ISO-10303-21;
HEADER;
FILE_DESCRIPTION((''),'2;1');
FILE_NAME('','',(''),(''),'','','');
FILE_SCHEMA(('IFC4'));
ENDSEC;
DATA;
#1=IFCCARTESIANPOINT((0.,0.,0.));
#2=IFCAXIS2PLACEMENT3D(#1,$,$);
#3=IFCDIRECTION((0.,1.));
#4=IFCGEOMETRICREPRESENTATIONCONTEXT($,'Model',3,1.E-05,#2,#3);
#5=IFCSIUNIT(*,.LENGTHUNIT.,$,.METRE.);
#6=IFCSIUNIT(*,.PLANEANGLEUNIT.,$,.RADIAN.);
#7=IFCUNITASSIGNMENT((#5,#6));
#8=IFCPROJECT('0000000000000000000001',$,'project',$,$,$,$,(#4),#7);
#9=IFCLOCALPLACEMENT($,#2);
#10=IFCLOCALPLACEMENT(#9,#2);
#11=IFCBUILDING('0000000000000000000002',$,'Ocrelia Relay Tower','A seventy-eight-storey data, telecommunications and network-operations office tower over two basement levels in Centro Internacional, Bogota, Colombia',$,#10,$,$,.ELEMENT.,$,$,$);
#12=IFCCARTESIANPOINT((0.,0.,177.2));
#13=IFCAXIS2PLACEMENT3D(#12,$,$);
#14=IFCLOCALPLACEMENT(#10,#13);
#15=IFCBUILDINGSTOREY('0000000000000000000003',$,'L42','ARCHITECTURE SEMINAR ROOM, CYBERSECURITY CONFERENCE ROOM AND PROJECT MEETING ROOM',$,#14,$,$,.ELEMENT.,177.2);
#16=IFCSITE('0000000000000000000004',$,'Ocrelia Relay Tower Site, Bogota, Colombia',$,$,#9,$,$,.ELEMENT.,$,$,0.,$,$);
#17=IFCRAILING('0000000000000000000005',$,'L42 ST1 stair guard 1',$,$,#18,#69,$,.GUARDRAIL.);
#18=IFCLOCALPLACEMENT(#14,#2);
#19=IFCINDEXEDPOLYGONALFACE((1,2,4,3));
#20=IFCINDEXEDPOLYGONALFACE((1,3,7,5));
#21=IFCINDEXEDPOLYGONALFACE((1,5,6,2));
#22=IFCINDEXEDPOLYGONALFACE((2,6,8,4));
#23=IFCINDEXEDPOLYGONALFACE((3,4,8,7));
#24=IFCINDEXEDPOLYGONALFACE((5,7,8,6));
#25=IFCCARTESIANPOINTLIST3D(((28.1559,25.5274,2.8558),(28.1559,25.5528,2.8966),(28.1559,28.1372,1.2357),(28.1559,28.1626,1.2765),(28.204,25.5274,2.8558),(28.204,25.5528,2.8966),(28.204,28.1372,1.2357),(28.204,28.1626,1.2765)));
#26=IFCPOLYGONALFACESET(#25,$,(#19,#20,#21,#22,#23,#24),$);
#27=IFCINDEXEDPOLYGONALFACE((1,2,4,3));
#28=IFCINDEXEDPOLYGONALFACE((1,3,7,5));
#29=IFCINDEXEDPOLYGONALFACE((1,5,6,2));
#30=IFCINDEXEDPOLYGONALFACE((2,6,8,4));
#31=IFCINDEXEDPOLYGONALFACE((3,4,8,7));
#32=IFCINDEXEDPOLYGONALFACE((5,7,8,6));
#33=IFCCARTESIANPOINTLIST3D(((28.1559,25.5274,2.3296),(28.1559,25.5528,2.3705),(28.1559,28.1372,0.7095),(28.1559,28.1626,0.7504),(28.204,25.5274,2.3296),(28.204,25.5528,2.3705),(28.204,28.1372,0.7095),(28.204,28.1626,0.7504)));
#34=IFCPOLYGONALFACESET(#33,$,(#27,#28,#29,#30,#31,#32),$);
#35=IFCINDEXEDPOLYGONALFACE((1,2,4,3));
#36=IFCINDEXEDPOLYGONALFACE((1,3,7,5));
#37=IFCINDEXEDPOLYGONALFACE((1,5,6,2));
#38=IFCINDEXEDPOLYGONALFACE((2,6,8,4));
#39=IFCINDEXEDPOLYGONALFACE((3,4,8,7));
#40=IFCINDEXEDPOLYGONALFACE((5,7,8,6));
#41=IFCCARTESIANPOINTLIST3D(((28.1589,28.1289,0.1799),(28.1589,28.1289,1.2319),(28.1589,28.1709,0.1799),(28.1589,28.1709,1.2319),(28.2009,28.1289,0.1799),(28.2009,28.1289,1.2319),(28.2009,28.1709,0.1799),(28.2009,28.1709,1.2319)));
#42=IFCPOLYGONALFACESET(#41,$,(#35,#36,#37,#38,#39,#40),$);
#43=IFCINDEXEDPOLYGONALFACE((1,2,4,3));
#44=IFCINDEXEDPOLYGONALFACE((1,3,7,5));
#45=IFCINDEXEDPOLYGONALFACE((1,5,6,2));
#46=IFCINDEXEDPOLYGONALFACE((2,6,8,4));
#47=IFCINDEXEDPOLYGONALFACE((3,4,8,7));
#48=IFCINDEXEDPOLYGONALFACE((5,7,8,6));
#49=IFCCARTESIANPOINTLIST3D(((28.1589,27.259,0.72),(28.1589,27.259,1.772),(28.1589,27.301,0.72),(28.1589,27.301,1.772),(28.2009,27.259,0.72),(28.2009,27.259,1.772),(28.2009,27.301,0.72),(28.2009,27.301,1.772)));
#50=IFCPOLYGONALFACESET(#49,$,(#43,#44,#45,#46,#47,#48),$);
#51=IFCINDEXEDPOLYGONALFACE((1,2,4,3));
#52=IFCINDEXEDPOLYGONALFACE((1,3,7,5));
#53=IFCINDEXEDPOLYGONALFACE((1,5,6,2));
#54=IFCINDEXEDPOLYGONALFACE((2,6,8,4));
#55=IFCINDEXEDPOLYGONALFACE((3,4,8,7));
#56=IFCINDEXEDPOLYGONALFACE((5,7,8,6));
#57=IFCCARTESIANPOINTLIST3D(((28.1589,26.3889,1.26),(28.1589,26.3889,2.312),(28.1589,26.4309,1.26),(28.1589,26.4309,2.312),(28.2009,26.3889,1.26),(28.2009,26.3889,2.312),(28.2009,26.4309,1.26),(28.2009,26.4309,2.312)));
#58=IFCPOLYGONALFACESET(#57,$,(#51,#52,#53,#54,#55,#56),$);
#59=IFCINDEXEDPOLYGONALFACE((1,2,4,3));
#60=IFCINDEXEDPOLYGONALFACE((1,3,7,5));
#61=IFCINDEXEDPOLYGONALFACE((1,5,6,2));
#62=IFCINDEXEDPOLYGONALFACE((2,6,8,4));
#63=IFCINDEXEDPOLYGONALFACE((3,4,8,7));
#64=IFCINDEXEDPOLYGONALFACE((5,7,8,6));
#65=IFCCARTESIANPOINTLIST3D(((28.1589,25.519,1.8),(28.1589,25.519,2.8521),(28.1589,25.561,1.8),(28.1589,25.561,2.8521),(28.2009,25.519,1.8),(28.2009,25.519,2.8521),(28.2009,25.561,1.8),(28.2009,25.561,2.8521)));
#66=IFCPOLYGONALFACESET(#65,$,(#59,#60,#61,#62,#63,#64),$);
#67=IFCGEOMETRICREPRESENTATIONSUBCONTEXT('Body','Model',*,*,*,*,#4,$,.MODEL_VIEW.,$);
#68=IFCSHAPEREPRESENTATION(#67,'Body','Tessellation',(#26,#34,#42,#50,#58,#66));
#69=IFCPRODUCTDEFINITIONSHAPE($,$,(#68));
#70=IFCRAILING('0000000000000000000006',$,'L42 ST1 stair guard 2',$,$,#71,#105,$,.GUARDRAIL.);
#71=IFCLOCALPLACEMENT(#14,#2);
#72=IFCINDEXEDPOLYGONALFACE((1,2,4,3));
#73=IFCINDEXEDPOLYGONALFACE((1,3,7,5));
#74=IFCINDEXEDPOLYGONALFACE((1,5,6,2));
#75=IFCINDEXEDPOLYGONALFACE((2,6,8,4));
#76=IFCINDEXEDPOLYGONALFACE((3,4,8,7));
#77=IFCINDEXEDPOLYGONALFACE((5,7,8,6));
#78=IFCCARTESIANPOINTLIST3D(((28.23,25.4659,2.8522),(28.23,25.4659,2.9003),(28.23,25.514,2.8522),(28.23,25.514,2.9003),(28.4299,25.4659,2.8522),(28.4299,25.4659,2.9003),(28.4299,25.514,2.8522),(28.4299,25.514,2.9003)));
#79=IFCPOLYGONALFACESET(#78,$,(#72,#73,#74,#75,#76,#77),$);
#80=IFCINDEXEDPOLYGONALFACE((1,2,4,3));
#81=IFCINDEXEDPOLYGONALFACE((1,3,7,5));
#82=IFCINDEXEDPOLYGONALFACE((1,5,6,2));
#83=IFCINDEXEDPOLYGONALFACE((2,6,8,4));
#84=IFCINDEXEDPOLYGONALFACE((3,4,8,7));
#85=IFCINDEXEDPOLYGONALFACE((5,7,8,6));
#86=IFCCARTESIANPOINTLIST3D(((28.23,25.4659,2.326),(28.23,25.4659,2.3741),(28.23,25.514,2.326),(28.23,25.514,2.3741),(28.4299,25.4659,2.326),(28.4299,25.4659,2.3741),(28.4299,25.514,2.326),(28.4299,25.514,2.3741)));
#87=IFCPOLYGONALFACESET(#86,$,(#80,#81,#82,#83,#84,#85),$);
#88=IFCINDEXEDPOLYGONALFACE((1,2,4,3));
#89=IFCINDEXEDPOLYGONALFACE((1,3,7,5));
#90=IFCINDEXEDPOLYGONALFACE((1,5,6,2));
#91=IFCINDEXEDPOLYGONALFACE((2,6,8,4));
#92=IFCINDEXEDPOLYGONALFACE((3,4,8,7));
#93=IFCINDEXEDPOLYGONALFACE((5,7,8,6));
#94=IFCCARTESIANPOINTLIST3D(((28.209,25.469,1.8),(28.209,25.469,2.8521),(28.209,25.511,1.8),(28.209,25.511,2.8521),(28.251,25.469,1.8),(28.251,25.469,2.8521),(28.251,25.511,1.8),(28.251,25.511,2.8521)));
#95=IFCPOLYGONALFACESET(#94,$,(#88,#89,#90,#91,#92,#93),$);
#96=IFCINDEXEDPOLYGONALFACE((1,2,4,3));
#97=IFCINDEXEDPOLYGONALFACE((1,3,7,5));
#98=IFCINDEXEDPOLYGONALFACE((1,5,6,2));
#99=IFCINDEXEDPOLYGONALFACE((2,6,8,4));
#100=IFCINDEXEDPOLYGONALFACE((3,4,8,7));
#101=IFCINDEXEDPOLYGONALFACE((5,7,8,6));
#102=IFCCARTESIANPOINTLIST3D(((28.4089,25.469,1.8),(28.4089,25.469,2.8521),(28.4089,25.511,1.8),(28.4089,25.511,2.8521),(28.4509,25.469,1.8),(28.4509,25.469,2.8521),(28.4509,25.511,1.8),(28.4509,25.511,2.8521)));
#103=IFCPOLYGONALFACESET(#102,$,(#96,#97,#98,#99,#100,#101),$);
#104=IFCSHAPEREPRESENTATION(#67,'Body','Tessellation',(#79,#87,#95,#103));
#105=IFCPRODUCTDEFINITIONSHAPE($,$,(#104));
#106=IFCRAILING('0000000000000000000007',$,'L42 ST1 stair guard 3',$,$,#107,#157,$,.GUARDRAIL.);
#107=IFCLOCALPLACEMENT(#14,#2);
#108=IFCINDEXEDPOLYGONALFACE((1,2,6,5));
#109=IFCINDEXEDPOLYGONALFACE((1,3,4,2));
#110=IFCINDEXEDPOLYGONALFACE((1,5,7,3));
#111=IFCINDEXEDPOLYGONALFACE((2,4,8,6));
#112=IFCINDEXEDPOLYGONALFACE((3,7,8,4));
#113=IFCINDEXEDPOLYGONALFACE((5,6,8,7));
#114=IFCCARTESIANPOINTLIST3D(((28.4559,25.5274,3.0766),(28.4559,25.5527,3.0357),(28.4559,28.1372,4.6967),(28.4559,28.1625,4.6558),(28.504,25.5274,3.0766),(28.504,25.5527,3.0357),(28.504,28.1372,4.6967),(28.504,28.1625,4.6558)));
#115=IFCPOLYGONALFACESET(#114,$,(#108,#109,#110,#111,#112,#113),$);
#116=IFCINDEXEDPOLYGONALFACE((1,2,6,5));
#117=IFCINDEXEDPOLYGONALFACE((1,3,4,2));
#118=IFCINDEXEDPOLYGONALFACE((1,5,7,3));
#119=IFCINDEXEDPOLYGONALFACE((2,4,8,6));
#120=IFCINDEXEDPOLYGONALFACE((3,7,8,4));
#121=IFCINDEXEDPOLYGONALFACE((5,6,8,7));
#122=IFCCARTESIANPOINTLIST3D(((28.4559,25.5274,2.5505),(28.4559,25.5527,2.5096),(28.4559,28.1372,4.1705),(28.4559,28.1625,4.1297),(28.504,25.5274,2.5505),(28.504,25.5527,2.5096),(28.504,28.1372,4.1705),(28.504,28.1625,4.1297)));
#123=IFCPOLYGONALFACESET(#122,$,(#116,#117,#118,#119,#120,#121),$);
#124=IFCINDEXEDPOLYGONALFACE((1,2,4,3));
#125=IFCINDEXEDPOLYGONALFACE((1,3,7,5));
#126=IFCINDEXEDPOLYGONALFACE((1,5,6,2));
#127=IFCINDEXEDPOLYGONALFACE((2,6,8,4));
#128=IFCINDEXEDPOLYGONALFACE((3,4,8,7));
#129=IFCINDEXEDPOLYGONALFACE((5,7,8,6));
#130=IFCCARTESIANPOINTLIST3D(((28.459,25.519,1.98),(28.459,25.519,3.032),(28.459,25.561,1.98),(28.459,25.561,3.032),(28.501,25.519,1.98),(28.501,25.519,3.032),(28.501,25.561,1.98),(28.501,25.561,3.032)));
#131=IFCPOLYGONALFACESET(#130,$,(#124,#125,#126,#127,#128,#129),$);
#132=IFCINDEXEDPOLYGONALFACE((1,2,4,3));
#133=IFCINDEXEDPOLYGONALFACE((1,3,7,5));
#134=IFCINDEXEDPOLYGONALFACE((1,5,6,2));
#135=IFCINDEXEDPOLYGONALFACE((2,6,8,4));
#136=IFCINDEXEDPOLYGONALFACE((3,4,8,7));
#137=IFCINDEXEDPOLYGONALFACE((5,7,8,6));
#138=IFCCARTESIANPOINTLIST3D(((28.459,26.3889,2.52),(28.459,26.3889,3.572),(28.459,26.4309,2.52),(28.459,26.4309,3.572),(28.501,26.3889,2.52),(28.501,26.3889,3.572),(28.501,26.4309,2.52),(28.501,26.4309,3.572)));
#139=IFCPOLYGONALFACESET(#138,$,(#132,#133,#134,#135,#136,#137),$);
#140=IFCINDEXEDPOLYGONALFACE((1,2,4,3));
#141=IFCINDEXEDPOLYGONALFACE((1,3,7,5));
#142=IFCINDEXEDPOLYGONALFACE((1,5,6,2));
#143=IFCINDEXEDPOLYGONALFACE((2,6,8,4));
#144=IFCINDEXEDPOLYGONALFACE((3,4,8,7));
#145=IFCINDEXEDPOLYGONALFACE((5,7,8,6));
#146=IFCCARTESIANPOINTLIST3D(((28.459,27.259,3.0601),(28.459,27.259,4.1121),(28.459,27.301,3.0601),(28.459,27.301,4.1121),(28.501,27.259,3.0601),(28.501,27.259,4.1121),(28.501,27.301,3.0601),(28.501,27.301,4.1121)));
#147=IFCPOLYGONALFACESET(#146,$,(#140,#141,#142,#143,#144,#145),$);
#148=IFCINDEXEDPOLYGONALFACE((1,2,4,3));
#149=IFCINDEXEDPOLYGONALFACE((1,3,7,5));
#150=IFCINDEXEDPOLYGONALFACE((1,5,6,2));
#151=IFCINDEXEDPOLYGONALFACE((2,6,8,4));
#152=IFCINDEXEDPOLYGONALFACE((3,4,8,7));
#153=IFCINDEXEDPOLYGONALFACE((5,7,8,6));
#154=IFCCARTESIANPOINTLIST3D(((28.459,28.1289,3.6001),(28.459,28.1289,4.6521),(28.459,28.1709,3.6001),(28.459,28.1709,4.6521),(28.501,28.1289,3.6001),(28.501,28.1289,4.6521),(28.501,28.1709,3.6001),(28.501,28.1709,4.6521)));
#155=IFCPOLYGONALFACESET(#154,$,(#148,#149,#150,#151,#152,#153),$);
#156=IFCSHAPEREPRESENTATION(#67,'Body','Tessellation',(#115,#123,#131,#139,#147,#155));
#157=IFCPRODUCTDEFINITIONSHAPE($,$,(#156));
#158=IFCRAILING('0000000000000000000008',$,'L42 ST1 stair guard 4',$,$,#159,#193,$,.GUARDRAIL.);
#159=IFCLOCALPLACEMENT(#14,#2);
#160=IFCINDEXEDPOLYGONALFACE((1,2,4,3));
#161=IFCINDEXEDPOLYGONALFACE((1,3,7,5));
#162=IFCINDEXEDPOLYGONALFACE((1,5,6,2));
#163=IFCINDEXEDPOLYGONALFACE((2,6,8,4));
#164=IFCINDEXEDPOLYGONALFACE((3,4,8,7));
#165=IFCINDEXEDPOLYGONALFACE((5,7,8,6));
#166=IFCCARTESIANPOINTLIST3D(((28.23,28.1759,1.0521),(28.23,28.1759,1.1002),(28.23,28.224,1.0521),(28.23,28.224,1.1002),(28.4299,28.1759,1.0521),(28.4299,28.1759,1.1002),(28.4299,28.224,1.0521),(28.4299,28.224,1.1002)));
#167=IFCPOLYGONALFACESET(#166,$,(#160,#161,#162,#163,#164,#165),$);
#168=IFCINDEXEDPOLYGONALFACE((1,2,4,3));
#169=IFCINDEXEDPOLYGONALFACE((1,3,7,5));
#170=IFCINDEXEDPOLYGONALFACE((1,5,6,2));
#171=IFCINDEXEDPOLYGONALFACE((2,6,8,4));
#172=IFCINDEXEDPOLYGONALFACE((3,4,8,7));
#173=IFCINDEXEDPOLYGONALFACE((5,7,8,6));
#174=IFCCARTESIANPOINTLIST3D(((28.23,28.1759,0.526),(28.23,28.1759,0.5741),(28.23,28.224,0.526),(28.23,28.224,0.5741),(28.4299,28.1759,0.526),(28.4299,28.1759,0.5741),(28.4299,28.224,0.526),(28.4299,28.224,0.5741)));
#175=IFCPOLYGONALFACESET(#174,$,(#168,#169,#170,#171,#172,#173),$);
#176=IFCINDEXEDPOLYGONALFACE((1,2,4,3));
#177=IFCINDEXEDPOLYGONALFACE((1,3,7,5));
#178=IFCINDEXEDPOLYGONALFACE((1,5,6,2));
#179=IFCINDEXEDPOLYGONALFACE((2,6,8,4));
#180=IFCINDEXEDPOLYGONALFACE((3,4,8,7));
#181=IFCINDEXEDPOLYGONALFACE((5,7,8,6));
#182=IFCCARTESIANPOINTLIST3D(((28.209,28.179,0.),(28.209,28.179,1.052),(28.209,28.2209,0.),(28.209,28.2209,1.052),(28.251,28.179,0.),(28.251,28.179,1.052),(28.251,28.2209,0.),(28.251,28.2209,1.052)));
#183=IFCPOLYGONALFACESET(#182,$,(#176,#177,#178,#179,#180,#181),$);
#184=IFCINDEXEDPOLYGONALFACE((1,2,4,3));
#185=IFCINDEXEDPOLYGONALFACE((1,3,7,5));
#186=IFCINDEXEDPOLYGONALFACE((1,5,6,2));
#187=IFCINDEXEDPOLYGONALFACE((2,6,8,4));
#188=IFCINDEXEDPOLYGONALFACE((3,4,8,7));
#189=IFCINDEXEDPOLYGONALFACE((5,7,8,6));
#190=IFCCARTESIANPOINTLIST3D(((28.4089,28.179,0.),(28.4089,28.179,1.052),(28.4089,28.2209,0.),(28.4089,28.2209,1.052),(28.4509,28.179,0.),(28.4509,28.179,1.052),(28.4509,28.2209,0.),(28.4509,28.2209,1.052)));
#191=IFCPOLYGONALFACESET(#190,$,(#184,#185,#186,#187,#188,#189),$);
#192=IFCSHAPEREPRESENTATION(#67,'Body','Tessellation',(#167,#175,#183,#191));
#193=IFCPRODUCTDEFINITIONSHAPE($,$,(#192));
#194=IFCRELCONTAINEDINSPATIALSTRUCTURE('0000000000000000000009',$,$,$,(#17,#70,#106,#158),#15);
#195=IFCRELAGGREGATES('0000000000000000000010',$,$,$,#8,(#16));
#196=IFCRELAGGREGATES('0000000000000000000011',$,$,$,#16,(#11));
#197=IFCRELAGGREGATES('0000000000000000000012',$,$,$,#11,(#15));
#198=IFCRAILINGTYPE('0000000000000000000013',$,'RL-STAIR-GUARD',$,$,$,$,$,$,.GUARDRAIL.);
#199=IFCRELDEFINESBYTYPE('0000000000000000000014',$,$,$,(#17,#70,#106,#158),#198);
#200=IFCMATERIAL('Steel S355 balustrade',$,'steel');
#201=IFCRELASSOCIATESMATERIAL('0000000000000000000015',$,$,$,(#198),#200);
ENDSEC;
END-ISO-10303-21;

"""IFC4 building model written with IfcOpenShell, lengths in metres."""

from ifc_helpers import new_model, si_unit, direction, frame, origin, origin_2d, place, context, subcontext, project, spatial, rectangle, extrude, material, type_object, element, save


model = new_model("IFC4")

# Units and contexts
model_context = context("Model", 3, precision=1e-05, world=origin(), true_north=direction((0.0, 1.0)))
body_context = subcontext(model_context, "Body", "Model", "MODEL_VIEW")
ifc_project = project(units=[si_unit("LENGTHUNIT", "METRE"), si_unit("PLANEANGLEUNIT", "RADIAN")], contexts=[model_context])

# Site, building, storey
site_placement = place(None, origin())
site = spatial("IfcSite", under=ifc_project, at=site_placement, Name="Ocrelia Relay Tower Site, Bogota, Colombia", CompositionType="ELEMENT", RefElevation=0.0)
building_placement = place(site_placement, origin())
building = spatial("IfcBuilding", under=site, at=building_placement, Name="Ocrelia Relay Tower", Description="A seventy-eight-storey data, telecommunications and network-operations office tower over two basement levels in Centro Internacional, Bogota, Colombia", CompositionType="ELEMENT")
storey_placement = place(building_placement, frame((0.0, 0.0, 177.2)))
storey = spatial("IfcBuildingStorey", under=building, at=storey_placement, Name="L42", Description="ARCHITECTURE SEMINAR ROOM, CYBERSECURITY CONFERENCE ROOM AND PROJECT MEETING ROOM", CompositionType="ELEMENT", Elevation=177.2)

# Railings
ifc_material_1 = material(Name="Steel S355 balustrade", Category="steel")
railing_type_1 = type_object("IfcRailingType", Name="RL-STAIR-GUARD", PredefinedType="GUARDRAIL", material=ifc_material_1)
railing_1_placement = place(storey_placement, frame((28.1799, 28.1499, 0.1799)))
element("IfcRailing", 1, at=railing_1_placement, inside=storey, type_object=railing_type_1, Name="L42 ST1 stair guard 1", PredefinedType="GUARDRAIL", context=body_context, shape_type="SweptSolid", body=[
    extrude(rectangle(XDim=0.0481, YDim=0.0481, at=origin_2d()), frame((0.0, 0.0, 1.0762), z_axis=(0.0, -0.849611, 0.52741), x_axis=(1.0, 0.0, 0.0)), (0.0, 0.0, 1.0), 3.0718),
    extrude(rectangle(XDim=0.0481, YDim=0.0481, at=origin_2d()), frame((0.0, 0.0, 0.55), z_axis=(0.0, -0.849611, 0.52741), x_axis=(1.0, 0.0, 0.0)), (0.0, 0.0, 1.0), 3.0718),
    extrude(rectangle(XDim=0.042, YDim=0.042, at=origin_2d()), origin(), (0.0, 0.0, 1.0), 1.052),
    extrude(rectangle(XDim=0.042, YDim=0.042, at=origin_2d()), frame((0.0, -0.8699, 0.54)), (0.0, 0.0, 1.0), 1.052),
    extrude(rectangle(XDim=0.042, YDim=0.042, at=origin_2d()), frame((0.0, -1.74, 1.0801)), (0.0, 0.0, 1.0), 1.052),
    extrude(rectangle(XDim=0.042, YDim=0.042, at=origin_2d()), frame((0.0, -2.6099, 1.6201)), (0.0, 0.0, 1.0), 1.052),
])
railing_2_placement = place(storey_placement, frame((28.23, 25.49, 1.8)))
element("IfcRailing", 2, at=railing_2_placement, inside=storey, type_object=railing_type_1, Name="L42 ST1 stair guard 2", PredefinedType="GUARDRAIL", context=body_context, shape_type="SweptSolid", body=[
    extrude(rectangle(XDim=0.0481, YDim=0.0481, at=origin_2d()), frame((0.0, 0.0, 1.0762), z_axis=(1.0, 0.0, 0.0), x_axis=(0.0, 1.0, 0.0)), (0.0, 0.0, 1.0), 0.2),
    extrude(rectangle(XDim=0.0481, YDim=0.0481, at=origin_2d()), frame((0.0, 0.0, 0.55), z_axis=(1.0, 0.0, 0.0), x_axis=(0.0, 1.0, 0.0)), (0.0, 0.0, 1.0), 0.2),
    extrude(rectangle(XDim=0.042, YDim=0.042, at=origin_2d()), origin(), (0.0, 0.0, 1.0), 1.052),
    extrude(rectangle(XDim=0.042, YDim=0.042, at=origin_2d()), frame((0.2, 0.0, 0.0)), (0.0, 0.0, 1.0), 1.052),
])
railing_3_placement = place(storey_placement, frame((28.48, 25.54, 1.98)))
element("IfcRailing", 3, at=railing_3_placement, inside=storey, type_object=railing_type_1, Name="L42 ST1 stair guard 3", PredefinedType="GUARDRAIL", context=body_context, shape_type="SweptSolid", body=[
    extrude(rectangle(XDim=0.0481, YDim=0.0481, at=origin_2d()), frame((0.0, 0.0, 1.0762), z_axis=(0.0, 0.849611, 0.52741), x_axis=(-1.0, 0.0, 0.0)), (0.0, 0.0, 1.0), 3.0718),
    extrude(rectangle(XDim=0.0481, YDim=0.0481, at=origin_2d()), frame((0.0, 0.0, 0.55), z_axis=(0.0, 0.849611, 0.52741), x_axis=(-1.0, 0.0, 0.0)), (0.0, 0.0, 1.0), 3.0718),
    extrude(rectangle(XDim=0.042, YDim=0.042, at=origin_2d()), origin(), (0.0, 0.0, 1.0), 1.052),
    extrude(rectangle(XDim=0.042, YDim=0.042, at=origin_2d()), frame((0.0, 0.8699, 0.54)), (0.0, 0.0, 1.0), 1.052),
    extrude(rectangle(XDim=0.042, YDim=0.042, at=origin_2d()), frame((0.0, 1.74, 1.0801)), (0.0, 0.0, 1.0), 1.052),
    extrude(rectangle(XDim=0.042, YDim=0.042, at=origin_2d()), frame((0.0, 2.6099, 1.6201)), (0.0, 0.0, 1.0), 1.052),
])
railing_4_placement = place(storey_placement, frame((28.23, 28.2, 0.0)))
element("IfcRailing", 4, at=railing_4_placement, inside=storey, type_object=railing_type_1, Name="L42 ST1 stair guard 4", PredefinedType="GUARDRAIL", context=body_context, shape_type="SweptSolid", body=[
    extrude(rectangle(XDim=0.0481, YDim=0.0481, at=origin_2d()), frame((0.0, 0.0, 1.0762), z_axis=(1.0, 0.0, 0.0), x_axis=(0.0, 1.0, 0.0)), (0.0, 0.0, 1.0), 0.2),
    extrude(rectangle(XDim=0.0481, YDim=0.0481, at=origin_2d()), frame((0.0, 0.0, 0.55), z_axis=(1.0, 0.0, 0.0), x_axis=(0.0, 1.0, 0.0)), (0.0, 0.0, 1.0), 0.2),
    extrude(rectangle(XDim=0.042, YDim=0.042, at=origin_2d()), origin(), (0.0, 0.0, 1.0), 1.052),
    extrude(rectangle(XDim=0.042, YDim=0.042, at=origin_2d()), frame((0.2, 0.0, 0.0)), (0.0, 0.0, 1.0), 1.052),
])

save(model, "model.ifc")
